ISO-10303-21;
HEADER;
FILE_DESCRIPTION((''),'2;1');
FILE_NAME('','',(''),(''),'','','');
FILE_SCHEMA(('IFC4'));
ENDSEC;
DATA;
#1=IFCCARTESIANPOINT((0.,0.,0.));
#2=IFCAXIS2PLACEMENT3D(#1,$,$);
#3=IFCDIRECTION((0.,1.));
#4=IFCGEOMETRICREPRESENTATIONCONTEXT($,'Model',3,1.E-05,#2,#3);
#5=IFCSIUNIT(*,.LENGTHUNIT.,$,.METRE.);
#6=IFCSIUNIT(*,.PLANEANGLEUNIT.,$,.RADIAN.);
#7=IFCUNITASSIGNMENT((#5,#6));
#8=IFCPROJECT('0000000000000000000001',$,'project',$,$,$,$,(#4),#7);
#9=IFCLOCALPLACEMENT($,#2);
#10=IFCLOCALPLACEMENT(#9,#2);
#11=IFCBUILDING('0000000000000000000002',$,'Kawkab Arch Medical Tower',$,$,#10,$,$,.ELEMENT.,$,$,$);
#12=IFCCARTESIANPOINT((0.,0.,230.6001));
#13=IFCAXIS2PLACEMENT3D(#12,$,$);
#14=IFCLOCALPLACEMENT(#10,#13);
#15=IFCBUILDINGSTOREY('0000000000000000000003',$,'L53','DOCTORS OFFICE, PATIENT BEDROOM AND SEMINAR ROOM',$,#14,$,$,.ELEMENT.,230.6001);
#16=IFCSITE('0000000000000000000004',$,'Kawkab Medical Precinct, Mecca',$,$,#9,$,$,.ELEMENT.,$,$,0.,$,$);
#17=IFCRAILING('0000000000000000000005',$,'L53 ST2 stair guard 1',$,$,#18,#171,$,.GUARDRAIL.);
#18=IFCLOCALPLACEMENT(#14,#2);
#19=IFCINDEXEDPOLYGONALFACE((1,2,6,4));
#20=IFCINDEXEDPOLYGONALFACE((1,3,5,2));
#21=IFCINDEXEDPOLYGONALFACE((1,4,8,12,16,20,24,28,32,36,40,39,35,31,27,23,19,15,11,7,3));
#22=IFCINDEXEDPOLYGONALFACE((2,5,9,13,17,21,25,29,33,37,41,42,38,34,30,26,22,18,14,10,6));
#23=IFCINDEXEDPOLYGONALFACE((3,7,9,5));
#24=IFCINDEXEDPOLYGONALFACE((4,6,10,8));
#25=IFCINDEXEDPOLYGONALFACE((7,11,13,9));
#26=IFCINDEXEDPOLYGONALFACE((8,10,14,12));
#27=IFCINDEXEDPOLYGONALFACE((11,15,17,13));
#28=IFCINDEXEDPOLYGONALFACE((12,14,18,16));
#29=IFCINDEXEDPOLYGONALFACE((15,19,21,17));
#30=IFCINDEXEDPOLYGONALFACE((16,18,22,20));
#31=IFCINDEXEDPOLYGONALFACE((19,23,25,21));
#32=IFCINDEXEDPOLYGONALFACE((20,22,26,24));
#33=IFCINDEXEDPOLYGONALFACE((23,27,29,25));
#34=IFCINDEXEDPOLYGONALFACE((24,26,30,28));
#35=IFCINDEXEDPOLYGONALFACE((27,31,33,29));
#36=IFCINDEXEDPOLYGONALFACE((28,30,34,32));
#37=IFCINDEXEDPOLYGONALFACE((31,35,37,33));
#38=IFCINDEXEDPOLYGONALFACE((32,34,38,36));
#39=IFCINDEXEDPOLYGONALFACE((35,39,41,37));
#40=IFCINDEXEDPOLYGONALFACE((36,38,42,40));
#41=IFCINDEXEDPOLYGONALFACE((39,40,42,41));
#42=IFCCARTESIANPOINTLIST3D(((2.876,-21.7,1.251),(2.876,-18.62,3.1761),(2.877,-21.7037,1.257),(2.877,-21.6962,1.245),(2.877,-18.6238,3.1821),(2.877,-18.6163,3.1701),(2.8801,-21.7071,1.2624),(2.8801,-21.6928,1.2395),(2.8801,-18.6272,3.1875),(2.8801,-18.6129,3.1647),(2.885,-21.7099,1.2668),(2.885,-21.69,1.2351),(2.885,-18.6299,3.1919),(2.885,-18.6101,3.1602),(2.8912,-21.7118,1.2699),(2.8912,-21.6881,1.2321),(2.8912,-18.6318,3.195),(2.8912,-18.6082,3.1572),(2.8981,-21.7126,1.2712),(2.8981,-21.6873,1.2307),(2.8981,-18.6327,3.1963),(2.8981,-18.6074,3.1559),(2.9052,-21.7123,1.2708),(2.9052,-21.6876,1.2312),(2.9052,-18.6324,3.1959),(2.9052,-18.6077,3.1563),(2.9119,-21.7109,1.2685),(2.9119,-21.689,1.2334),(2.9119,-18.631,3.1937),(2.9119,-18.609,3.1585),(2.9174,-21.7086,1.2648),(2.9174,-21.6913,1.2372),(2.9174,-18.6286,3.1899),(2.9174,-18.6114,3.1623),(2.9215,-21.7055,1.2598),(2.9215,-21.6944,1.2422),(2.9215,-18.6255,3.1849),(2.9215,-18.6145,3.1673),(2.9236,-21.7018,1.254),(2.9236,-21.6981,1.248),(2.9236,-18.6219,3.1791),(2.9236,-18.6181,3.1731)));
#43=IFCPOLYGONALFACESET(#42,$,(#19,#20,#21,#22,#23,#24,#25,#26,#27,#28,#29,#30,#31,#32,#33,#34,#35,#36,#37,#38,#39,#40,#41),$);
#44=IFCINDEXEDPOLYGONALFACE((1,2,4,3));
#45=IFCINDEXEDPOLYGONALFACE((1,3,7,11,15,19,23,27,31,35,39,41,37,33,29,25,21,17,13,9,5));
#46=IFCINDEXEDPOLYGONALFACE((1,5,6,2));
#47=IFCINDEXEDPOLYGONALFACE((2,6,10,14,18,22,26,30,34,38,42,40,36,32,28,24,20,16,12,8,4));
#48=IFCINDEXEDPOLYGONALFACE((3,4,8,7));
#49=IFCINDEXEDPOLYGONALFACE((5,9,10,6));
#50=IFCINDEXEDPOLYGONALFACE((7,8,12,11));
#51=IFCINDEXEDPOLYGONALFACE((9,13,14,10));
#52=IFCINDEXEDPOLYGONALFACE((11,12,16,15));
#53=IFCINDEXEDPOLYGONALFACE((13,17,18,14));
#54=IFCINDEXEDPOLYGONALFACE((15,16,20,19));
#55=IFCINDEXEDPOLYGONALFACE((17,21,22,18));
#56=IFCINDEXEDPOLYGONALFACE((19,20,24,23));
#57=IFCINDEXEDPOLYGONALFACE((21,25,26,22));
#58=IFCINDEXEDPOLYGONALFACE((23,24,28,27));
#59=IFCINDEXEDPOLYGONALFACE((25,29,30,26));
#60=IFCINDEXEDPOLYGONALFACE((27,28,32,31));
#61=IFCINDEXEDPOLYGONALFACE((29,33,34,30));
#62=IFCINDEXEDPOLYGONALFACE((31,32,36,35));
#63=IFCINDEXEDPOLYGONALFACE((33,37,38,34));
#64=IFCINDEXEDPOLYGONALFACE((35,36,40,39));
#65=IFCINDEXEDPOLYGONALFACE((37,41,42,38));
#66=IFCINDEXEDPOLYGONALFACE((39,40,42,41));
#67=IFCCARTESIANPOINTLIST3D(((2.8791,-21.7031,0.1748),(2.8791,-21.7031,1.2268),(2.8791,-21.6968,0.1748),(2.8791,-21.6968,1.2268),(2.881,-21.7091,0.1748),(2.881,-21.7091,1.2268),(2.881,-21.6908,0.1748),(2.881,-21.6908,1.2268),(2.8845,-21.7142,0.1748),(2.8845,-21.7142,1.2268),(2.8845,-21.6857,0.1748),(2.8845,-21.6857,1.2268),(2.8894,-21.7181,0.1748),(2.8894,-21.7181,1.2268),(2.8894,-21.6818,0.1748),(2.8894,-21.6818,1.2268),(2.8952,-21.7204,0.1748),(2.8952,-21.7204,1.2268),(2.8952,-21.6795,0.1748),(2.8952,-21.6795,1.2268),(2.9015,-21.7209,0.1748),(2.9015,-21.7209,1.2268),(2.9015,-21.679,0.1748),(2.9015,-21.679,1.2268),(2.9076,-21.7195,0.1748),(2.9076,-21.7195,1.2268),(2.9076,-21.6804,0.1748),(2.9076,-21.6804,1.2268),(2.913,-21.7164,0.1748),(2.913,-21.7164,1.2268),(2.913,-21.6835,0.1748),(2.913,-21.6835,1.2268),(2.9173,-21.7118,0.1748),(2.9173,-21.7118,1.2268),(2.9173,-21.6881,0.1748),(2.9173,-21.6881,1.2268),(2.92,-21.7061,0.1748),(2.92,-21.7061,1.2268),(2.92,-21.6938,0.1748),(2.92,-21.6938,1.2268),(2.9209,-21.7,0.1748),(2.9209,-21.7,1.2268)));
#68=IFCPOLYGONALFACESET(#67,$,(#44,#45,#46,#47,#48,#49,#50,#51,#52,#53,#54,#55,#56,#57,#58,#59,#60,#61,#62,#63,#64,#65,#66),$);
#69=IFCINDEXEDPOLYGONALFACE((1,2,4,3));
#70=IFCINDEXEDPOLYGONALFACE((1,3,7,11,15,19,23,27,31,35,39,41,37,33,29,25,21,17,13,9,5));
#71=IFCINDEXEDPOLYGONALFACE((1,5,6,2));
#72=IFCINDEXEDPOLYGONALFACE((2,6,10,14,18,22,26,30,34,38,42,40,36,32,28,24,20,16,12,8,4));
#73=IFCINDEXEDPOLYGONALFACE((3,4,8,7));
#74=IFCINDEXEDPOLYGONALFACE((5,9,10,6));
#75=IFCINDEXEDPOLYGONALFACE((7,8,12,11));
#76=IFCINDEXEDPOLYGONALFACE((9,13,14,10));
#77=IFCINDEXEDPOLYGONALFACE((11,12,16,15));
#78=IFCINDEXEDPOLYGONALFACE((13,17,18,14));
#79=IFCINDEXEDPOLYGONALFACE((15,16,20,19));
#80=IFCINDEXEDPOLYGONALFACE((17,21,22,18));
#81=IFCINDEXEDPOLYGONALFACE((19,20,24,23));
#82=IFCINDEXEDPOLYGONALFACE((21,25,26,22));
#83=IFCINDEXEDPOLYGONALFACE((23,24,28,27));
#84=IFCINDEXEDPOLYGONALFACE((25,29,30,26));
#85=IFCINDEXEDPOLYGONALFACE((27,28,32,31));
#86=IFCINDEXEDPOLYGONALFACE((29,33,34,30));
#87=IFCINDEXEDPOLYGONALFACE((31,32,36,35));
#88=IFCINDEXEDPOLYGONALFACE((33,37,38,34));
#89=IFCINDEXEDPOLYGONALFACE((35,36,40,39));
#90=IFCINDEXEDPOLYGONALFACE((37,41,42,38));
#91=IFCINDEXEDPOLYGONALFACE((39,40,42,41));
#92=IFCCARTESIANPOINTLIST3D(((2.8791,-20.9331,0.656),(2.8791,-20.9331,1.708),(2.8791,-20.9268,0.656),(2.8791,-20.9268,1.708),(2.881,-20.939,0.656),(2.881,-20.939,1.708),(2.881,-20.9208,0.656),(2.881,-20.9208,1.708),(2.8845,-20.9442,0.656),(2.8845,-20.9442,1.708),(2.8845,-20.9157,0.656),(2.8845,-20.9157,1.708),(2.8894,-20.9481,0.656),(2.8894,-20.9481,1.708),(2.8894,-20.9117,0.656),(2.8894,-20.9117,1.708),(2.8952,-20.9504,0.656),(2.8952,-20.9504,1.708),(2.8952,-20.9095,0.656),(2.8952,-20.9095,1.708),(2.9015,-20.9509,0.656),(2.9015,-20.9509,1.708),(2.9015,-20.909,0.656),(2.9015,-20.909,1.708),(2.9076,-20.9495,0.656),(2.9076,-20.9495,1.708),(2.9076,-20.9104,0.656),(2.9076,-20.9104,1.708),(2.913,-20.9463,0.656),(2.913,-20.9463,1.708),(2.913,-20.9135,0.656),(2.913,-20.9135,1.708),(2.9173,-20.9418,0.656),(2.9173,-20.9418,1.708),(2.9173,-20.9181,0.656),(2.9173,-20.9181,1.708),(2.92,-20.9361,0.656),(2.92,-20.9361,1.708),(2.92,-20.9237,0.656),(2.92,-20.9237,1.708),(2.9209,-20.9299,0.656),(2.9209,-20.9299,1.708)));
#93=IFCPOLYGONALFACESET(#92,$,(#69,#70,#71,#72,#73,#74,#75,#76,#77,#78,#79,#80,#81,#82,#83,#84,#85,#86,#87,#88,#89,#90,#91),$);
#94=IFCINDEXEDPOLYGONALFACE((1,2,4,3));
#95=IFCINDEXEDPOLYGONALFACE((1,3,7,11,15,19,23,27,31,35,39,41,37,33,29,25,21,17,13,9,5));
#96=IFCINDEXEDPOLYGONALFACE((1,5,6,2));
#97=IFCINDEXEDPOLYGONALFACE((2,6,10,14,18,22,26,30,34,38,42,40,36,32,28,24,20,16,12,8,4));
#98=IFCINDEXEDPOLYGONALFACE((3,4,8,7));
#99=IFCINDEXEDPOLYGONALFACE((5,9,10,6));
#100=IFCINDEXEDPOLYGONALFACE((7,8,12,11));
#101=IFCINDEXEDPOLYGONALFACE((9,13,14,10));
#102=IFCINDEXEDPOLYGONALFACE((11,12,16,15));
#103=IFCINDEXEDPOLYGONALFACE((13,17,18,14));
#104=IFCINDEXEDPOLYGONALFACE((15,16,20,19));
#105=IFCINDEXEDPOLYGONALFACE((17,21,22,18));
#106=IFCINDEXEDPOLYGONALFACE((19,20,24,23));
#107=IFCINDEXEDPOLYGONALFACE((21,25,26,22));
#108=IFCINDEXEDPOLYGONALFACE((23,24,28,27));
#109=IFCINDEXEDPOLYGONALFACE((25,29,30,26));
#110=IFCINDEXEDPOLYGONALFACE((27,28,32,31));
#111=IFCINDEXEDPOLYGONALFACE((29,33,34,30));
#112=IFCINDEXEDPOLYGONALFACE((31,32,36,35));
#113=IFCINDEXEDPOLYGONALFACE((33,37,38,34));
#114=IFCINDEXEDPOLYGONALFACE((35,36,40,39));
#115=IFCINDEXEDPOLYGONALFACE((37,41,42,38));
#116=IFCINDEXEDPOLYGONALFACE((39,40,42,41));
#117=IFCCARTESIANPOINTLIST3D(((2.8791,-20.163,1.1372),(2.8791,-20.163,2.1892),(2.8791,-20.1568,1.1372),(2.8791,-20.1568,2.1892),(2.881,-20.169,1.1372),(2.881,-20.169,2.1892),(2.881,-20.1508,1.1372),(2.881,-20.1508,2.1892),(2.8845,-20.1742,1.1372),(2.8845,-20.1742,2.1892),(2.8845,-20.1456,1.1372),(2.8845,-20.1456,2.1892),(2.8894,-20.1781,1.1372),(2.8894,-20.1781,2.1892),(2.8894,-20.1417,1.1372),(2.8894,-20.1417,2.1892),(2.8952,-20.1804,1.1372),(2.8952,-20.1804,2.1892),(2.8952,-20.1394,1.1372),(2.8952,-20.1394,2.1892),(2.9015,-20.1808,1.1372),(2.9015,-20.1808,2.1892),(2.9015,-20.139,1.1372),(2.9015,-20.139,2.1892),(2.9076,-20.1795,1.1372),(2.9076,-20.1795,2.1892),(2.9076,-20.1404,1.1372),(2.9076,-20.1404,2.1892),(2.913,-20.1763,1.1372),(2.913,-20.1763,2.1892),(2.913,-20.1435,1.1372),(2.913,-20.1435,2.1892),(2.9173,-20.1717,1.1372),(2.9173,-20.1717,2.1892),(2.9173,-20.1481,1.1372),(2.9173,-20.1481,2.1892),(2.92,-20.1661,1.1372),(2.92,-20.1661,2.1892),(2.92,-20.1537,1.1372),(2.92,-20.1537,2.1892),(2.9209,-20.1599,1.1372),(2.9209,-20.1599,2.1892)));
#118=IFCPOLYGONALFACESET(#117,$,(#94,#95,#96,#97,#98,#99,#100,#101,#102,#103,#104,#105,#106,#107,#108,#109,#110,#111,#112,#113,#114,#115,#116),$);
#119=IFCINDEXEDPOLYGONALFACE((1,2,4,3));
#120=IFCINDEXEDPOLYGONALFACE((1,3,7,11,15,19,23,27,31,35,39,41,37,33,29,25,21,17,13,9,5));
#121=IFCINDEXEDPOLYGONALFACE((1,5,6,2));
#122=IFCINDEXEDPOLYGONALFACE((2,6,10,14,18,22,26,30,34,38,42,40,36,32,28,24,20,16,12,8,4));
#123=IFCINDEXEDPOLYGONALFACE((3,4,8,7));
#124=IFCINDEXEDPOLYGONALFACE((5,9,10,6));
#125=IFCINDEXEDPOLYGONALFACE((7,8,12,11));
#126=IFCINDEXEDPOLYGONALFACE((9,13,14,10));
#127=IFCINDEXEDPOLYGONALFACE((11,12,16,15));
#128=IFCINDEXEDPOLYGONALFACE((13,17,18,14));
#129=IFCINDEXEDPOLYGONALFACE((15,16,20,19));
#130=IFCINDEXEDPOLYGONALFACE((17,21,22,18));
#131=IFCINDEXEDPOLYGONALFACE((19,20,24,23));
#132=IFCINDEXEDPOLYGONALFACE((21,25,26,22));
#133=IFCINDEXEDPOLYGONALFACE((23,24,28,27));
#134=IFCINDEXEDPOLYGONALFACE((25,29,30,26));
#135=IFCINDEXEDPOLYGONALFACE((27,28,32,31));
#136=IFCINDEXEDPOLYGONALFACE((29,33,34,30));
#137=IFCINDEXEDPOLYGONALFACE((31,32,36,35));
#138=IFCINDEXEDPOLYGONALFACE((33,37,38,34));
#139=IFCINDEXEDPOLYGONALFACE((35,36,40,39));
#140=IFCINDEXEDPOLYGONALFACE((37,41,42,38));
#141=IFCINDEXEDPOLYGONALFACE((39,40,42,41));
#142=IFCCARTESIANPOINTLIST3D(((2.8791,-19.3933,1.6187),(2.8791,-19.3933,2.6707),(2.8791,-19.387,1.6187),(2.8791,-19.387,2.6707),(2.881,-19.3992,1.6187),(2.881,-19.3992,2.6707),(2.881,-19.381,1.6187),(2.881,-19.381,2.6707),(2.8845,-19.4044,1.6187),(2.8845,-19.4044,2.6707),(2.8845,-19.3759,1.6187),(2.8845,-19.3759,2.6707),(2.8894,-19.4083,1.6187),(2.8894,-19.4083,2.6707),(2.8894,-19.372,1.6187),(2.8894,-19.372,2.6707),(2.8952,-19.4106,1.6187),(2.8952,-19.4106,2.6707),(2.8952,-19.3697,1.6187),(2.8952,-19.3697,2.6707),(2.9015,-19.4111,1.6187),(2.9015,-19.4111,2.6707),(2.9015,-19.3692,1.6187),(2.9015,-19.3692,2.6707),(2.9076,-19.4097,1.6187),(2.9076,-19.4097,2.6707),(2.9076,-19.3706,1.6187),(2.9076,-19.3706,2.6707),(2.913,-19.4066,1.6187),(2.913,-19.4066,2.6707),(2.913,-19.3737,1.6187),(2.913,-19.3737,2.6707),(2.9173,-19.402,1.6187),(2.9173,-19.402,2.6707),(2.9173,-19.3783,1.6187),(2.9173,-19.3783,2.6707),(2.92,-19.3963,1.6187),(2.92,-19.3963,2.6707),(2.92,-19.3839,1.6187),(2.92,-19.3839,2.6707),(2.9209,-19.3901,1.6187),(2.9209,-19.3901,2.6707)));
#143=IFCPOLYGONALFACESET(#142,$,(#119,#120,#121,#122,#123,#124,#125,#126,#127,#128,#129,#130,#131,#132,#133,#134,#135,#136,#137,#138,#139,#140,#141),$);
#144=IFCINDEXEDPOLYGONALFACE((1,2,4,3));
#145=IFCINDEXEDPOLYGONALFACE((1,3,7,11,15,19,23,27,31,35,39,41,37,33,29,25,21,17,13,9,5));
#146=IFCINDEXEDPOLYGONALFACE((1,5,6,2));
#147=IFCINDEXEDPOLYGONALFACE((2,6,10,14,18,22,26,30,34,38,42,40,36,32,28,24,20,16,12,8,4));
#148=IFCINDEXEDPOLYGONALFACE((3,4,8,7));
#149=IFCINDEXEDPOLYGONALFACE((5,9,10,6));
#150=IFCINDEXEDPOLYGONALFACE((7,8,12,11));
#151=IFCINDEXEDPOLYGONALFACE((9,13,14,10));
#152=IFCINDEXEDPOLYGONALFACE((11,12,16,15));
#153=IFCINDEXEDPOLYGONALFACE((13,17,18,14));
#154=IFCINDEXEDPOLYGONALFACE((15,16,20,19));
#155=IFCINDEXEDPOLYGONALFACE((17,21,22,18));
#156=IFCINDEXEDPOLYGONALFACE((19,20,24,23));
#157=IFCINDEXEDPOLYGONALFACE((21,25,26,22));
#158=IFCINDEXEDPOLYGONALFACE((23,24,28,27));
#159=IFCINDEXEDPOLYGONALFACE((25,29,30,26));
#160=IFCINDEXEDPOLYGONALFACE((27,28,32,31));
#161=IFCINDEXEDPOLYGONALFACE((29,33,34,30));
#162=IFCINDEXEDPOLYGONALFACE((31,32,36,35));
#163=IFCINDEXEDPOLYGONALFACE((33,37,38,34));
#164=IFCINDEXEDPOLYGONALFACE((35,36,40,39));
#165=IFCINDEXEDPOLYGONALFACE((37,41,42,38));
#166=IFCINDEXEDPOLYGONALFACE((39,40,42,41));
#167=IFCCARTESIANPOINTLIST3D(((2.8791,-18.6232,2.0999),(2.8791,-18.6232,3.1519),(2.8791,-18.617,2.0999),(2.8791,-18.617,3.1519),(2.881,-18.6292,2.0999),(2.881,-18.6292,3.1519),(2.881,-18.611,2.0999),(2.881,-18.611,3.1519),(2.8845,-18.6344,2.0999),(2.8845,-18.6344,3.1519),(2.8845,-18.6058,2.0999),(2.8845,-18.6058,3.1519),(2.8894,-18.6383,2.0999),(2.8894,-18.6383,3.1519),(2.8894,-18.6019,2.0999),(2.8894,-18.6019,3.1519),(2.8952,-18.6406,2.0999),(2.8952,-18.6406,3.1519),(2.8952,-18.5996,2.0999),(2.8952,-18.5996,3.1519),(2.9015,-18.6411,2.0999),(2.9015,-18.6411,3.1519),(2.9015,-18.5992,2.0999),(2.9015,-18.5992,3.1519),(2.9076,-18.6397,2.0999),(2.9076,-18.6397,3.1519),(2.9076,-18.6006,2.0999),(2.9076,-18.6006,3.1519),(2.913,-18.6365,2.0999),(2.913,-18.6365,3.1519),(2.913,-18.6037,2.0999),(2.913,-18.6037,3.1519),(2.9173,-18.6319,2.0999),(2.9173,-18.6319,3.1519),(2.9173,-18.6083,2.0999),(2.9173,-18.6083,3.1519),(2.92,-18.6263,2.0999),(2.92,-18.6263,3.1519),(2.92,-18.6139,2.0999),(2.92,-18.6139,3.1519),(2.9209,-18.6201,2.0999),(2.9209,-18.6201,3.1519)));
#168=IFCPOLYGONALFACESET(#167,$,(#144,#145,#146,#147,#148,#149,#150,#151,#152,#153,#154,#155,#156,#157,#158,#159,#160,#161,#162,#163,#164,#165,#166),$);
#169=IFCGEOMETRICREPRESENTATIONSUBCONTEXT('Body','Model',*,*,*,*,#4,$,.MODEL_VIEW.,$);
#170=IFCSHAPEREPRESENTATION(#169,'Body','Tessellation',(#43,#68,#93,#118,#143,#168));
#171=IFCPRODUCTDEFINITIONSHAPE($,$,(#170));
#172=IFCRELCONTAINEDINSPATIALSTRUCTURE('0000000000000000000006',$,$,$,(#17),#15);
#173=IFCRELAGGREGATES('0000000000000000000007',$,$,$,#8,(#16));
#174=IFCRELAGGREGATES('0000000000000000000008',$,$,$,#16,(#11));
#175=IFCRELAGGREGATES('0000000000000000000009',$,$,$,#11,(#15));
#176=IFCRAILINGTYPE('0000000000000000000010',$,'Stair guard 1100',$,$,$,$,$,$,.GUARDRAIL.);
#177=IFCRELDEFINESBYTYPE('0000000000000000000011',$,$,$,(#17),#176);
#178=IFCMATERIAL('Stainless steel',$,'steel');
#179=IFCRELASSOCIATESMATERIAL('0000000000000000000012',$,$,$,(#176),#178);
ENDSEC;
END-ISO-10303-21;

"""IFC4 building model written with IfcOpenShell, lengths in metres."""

from ifc_helpers import new_model, si_unit, direction, frame, origin, origin_2d, place, context, subcontext, project, spatial, circle, extrude, material, type_object, element, save


model = new_model("IFC4")

# Units and contexts
model_context = context("Model", 3, precision=1e-05, world=origin(), true_north=direction((0.0, 1.0)))
body_context = subcontext(model_context, "Body", "Model", "MODEL_VIEW")
ifc_project = project(units=[si_unit("LENGTHUNIT", "METRE"), si_unit("PLANEANGLEUNIT", "RADIAN")], contexts=[model_context])

# Site, building, storey
site_placement = place(None, origin())
site = spatial("IfcSite", under=ifc_project, at=site_placement, Name="Kawkab Medical Precinct, Mecca", CompositionType="ELEMENT", RefElevation=0.0)
building_placement = place(site_placement, origin())
building = spatial("IfcBuilding", under=site, at=building_placement, Name="Kawkab Arch Medical Tower", CompositionType="ELEMENT")
storey_placement = place(building_placement, frame((0.0, 0.0, 230.6001)))
storey = spatial("IfcBuildingStorey", under=building, at=storey_placement, Name="L53", Description="DOCTORS OFFICE, PATIENT BEDROOM AND SEMINAR ROOM", CompositionType="ELEMENT", Elevation=230.6001)

# Railing
ifc_material_1 = material(Name="Stainless steel", Category="steel")
railing_type = type_object("IfcRailingType", Name="Stair guard 1100", PredefinedType="GUARDRAIL", material=ifc_material_1)
railing_1_placement = place(storey_placement, frame((2.8999, -21.7, 0.1748)))
element("IfcRailing", 1, at=railing_1_placement, inside=storey, type_object=railing_type, Name="L53 ST2 stair guard 1", PredefinedType="GUARDRAIL", context=body_context, shape_type="SweptSolid", body=[
    extrude(circle(Radius=0.0239, at=origin_2d()), frame((0.0, 0.0, 1.0762), z_axis=(0.0, 0.847979, 0.530029), x_axis=(-1.0, 0.0, 0.0)), (0.0, 0.0, 1.0), 3.6321),
    extrude(circle(Radius=0.021, at=origin_2d()), origin(), (0.0, 0.0, 1.0), 1.052),
    extrude(circle(Radius=0.021, at=origin_2d()), frame((0.0, 0.77, 0.4812)), (0.0, 0.0, 1.0), 1.052),
    extrude(circle(Radius=0.021, at=origin_2d()), frame((0.0, 1.54, 0.9624)), (0.0, 0.0, 1.0), 1.052),
    extrude(circle(Radius=0.021, at=origin_2d()), frame((0.0, 2.3098, 1.4438)), (0.0, 0.0, 1.0), 1.052),
    extrude(circle(Radius=0.021, at=origin_2d()), frame((0.0, 3.0798, 1.925)), (0.0, 0.0, 1.0), 1.052),
])

save(model, "model.ifc")
